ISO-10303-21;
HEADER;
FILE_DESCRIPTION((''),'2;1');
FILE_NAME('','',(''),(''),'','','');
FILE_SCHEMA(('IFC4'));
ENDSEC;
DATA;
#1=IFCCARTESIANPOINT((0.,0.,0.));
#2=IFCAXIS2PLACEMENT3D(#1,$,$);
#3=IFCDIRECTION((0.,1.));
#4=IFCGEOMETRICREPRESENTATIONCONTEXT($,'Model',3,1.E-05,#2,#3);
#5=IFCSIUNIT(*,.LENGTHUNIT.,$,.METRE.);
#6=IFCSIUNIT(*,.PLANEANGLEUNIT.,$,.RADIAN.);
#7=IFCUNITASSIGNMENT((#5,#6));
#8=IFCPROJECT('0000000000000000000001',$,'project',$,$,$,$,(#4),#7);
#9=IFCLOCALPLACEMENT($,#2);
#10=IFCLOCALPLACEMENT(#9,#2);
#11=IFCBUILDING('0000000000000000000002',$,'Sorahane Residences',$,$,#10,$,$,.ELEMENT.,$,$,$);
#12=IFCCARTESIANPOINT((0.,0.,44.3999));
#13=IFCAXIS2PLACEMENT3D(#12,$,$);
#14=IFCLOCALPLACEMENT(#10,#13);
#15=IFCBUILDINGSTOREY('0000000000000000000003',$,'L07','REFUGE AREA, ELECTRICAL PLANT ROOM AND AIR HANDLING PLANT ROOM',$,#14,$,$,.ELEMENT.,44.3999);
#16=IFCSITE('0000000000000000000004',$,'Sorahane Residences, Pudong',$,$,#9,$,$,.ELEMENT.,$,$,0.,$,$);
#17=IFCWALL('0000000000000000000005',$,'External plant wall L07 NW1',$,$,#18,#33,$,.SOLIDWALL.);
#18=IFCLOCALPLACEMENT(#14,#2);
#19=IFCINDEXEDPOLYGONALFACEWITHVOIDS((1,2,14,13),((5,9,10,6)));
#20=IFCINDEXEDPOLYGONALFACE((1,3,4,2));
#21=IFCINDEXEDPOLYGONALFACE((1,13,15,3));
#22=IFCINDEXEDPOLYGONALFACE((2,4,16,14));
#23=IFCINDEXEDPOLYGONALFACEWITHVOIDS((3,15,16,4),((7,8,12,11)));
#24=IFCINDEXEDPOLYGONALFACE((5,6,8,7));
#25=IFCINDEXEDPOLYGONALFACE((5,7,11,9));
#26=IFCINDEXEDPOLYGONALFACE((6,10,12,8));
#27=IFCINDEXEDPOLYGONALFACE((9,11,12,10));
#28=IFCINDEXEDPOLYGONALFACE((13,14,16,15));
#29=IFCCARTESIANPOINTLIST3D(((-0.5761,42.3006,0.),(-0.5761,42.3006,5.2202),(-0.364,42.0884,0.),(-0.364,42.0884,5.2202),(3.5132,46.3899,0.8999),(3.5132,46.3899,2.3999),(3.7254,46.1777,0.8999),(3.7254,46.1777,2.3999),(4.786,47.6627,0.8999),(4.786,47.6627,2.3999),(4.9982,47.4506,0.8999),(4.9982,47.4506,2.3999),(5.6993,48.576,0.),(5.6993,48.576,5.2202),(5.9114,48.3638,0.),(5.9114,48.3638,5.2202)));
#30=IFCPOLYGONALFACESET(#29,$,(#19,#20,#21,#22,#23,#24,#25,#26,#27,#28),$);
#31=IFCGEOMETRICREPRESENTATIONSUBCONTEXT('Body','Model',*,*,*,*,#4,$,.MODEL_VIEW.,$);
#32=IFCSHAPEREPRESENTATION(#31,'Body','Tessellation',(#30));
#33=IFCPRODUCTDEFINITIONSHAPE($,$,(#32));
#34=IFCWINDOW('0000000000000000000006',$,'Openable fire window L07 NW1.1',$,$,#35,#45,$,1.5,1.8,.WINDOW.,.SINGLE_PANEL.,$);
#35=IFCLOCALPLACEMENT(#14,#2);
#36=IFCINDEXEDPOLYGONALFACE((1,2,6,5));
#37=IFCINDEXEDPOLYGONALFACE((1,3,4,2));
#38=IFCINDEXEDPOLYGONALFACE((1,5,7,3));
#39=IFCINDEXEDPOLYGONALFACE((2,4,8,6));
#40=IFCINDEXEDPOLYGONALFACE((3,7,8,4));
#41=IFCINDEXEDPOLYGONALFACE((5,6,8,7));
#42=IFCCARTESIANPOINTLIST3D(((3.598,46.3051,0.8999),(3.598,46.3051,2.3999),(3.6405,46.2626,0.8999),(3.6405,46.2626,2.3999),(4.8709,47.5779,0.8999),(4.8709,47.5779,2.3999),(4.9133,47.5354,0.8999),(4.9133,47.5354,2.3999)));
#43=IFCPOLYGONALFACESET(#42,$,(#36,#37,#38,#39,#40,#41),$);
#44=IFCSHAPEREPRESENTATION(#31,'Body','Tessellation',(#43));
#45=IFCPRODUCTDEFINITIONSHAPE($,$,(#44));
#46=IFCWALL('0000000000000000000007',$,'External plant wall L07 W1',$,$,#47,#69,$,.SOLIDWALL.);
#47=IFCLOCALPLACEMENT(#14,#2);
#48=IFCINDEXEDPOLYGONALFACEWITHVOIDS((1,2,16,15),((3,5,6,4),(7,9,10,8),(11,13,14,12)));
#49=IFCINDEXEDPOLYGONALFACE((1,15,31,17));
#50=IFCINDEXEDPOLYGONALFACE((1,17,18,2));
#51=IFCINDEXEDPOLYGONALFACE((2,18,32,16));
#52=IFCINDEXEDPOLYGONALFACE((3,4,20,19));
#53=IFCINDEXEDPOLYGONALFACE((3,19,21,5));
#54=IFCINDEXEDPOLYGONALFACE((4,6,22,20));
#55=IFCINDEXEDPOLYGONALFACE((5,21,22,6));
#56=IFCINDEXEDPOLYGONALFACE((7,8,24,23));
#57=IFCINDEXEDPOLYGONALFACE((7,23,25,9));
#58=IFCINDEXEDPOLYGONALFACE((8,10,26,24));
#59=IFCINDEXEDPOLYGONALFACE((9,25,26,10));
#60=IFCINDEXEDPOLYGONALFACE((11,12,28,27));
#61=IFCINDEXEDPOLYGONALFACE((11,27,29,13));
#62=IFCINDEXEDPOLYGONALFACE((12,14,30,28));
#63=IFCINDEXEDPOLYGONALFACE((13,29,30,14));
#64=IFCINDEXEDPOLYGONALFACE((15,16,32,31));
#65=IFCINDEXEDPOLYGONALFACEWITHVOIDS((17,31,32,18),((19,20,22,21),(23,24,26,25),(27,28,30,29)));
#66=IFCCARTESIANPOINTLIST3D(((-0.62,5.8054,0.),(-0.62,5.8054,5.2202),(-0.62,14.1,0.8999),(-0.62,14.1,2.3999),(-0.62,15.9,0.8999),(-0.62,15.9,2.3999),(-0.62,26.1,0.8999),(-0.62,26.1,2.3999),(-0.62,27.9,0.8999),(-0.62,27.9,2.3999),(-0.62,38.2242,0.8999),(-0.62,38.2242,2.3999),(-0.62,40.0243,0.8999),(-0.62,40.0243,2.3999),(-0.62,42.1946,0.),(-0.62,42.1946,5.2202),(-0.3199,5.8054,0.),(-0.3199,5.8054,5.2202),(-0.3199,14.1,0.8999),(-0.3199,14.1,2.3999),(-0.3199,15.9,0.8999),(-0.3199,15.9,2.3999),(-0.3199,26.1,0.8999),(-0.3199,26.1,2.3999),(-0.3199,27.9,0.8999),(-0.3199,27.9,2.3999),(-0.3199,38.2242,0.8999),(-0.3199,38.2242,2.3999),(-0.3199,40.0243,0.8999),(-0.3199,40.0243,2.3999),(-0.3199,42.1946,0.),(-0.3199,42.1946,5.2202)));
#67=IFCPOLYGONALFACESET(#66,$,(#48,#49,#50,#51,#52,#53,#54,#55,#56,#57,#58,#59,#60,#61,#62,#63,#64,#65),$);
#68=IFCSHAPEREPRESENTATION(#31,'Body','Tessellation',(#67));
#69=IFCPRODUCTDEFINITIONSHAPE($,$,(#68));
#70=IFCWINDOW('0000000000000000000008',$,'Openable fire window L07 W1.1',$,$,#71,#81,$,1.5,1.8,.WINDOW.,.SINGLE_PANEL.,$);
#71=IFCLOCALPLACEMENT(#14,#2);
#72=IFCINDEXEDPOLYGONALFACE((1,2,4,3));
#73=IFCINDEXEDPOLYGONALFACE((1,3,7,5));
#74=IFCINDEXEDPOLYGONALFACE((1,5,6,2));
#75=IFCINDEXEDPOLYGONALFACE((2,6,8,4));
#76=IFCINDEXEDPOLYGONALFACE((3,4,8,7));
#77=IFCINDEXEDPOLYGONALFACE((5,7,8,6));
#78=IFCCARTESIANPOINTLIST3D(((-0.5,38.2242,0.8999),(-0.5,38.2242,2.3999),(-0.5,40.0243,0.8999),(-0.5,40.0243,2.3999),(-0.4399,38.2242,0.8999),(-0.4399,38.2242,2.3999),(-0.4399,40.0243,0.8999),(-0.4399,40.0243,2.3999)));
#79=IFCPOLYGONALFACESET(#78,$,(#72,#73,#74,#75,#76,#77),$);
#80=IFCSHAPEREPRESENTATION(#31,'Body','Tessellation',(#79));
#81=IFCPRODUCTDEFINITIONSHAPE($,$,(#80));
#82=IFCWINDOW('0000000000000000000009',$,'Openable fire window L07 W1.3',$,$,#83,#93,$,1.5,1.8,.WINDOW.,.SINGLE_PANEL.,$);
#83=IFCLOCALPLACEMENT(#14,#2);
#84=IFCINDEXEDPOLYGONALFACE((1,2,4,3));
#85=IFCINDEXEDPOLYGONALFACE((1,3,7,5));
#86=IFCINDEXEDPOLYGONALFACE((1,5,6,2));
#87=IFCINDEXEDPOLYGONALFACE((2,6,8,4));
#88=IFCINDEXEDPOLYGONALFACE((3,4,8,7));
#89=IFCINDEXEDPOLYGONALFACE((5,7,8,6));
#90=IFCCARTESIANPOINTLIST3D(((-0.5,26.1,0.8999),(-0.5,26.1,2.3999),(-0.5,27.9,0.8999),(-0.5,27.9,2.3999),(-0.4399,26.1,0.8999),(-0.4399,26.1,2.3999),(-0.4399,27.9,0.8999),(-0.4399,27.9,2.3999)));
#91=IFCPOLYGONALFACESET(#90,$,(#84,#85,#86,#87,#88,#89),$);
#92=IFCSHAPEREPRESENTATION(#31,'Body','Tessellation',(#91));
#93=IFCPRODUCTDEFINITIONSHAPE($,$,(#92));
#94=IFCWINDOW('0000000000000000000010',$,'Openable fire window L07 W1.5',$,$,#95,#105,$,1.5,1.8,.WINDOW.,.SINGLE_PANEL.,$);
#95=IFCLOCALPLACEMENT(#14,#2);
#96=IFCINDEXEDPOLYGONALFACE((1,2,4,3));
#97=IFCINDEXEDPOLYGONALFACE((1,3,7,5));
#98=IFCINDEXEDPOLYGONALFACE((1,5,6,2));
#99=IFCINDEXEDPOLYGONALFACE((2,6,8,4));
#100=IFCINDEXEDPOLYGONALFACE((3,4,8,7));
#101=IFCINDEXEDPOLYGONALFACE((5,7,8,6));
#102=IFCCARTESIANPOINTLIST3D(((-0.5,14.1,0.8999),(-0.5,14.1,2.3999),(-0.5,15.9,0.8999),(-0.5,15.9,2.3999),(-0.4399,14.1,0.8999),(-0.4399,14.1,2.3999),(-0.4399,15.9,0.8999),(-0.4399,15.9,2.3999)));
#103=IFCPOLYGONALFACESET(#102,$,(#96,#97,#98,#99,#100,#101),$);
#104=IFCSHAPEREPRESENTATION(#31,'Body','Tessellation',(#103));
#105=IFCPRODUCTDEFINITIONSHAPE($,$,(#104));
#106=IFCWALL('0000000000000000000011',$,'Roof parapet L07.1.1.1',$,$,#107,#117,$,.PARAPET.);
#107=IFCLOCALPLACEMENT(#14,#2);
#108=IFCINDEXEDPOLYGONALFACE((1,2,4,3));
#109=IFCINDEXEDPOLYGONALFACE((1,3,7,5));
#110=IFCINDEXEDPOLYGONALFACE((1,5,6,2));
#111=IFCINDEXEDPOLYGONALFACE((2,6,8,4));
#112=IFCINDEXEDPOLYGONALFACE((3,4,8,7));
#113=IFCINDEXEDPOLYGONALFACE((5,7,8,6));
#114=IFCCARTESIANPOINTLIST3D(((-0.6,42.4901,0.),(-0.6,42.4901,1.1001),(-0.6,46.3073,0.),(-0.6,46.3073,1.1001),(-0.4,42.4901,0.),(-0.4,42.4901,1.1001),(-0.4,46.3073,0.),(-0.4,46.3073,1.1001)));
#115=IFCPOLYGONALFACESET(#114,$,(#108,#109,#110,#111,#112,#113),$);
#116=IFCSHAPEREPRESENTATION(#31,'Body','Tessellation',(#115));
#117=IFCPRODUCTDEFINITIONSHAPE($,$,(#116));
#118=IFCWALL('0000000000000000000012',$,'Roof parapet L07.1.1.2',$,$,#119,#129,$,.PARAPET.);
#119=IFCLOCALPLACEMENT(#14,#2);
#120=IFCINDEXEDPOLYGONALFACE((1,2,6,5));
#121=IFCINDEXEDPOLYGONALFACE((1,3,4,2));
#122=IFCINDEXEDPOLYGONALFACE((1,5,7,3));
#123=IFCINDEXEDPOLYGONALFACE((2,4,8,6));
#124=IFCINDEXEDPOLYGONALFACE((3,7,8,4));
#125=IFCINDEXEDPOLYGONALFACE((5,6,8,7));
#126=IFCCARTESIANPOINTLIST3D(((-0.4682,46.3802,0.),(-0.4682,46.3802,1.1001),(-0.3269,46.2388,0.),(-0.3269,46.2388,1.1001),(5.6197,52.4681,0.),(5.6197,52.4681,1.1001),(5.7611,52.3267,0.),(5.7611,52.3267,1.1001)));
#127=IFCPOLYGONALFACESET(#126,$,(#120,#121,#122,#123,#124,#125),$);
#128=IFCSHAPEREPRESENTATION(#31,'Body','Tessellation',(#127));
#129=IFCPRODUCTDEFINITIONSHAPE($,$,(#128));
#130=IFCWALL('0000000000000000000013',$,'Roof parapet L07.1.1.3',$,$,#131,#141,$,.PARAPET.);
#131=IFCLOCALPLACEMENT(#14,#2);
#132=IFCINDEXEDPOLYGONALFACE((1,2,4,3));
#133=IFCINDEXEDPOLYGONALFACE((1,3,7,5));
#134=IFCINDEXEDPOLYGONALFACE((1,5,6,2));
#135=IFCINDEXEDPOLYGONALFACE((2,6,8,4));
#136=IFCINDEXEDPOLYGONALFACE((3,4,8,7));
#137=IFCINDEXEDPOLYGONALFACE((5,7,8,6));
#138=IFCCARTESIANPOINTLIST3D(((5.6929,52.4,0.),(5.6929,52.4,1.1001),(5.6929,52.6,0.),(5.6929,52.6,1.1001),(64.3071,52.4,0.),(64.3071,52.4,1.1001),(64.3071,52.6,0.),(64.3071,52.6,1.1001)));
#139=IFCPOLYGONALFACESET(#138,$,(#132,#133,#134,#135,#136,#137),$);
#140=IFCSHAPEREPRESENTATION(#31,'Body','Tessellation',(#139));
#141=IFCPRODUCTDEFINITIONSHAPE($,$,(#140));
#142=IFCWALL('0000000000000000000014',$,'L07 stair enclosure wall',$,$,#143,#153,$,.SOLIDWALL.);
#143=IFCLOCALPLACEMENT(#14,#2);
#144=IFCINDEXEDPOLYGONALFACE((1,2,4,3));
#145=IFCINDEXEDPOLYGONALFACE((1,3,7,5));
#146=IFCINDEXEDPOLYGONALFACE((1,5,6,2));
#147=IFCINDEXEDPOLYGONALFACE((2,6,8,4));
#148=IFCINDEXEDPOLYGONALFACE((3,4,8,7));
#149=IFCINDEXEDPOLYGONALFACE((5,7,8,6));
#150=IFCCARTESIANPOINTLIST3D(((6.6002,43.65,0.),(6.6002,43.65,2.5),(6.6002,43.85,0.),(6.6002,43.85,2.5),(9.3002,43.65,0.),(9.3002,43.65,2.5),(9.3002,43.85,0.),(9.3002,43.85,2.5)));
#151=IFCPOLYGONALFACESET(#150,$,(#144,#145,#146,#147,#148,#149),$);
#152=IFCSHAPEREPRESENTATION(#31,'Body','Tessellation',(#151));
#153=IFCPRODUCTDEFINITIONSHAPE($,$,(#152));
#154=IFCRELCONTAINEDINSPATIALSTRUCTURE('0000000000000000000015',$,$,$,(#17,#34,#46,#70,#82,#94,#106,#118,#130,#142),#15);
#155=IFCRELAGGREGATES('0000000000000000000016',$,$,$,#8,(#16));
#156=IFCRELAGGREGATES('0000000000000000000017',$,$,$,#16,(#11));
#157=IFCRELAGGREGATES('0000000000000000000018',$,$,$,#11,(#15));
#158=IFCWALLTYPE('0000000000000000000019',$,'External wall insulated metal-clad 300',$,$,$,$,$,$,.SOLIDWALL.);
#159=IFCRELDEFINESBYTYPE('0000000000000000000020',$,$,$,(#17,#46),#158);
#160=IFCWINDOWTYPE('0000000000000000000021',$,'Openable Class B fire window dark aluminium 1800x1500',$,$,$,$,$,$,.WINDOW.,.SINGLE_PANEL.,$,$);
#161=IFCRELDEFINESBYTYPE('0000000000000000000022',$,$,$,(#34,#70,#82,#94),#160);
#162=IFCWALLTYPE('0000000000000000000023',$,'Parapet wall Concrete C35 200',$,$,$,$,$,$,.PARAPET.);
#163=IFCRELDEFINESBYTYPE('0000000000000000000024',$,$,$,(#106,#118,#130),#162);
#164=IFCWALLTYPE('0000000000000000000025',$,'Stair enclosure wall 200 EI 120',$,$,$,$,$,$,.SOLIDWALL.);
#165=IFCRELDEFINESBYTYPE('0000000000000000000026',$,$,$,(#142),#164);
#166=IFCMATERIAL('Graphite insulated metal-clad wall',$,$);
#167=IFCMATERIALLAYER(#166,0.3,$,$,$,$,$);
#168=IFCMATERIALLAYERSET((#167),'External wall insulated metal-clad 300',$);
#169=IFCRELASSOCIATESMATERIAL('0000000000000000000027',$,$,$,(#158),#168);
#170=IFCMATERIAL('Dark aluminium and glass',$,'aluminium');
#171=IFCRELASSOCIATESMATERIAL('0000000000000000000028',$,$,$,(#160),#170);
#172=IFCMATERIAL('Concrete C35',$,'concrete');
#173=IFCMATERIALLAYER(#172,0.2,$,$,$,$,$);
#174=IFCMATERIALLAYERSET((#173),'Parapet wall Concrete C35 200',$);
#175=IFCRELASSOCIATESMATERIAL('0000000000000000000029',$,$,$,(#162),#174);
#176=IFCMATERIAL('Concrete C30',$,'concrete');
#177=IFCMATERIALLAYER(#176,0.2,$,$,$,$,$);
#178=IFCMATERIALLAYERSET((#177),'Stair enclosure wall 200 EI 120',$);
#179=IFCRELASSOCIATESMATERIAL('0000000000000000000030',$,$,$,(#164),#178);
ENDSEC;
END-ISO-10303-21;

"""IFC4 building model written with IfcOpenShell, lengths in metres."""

from ifc_helpers import new_model, si_unit, direction, frame, frame_2d, origin, place, context, subcontext, project, spatial, rectangle, extrude, material, layer, layer_set, type_object, element, fill, save


model = new_model("IFC4")

# Units and contexts
model_context = context("Model", 3, precision=1e-05, world=origin(), true_north=direction((0.0, 1.0)))
body_context = subcontext(model_context, "Body", "Model", "MODEL_VIEW")
ifc_project = project(units=[si_unit("LENGTHUNIT", "METRE"), si_unit("PLANEANGLEUNIT", "RADIAN")], contexts=[model_context])

# Site, building, storey
site_placement = place(None, origin())
site = spatial("IfcSite", under=ifc_project, at=site_placement, Name="Sorahane Residences, Pudong", CompositionType="ELEMENT", RefElevation=0.0)
building_placement = place(site_placement, origin())
building = spatial("IfcBuilding", under=site, at=building_placement, Name="Sorahane Residences", CompositionType="ELEMENT")
storey_placement = place(building_placement, frame((0.0, 0.0, 44.3999)))
storey = spatial("IfcBuildingStorey", under=building, at=storey_placement, Name="L07", Description="REFUGE AREA, ELECTRICAL PLANT ROOM AND AIR HANDLING PLANT ROOM", CompositionType="ELEMENT", Elevation=44.3999)

# Wall, opening, window
ifc_material_1 = material(Name="Graphite insulated metal-clad wall")
ifc_layer_1 = layer(ifc_material_1, 0.3)
ifc_layer_set_1 = layer_set([ifc_layer_1], Name="External wall insulated metal-clad 300")
wall_type_1 = type_object("IfcWallType", Name="External wall insulated metal-clad 300", PredefinedType="SOLIDWALL", material=ifc_layer_set_1)
wall_1_placement = place(storey_placement, frame((5.8054, 48.47, 0.0), z_axis=(0.0, 0.0, 1.0), x_axis=(-0.707107, -0.707107, 0.0)))
wall_1 = element("IfcWall", 1, at=wall_1_placement, inside=storey, type_object=wall_type_1, Name="External plant wall L07 NW1", PredefinedType="SOLIDWALL", context=body_context, shape_type="SweptSolid", body=[
    extrude(rectangle(XDim=8.8748, YDim=0.3, at=frame_2d((4.4375, 0.0))), origin(), (0.0, 0.0, 1.0), 5.2202),
])
opening_1_placement = place(wall_1_placement, frame((1.2917, 0.0, 0.8999)))
opening_1 = element("IfcOpeningElement", 2, at=opening_1_placement, cuts=wall_1, PredefinedType="OPENING", context=body_context, shape_type="SweptSolid", body=[
    extrude(rectangle(XDim=1.8, YDim=1.5, at=frame_2d((0.8999, 0.75))), frame((0.0, 0.1599, 0.0), z_axis=(0.0, -1.0, 0.0), x_axis=(1.0, 0.0, 0.0)), (0.0, 0.0, 1.0), 0.3201),
])
ifc_material_2 = material(Name="Dark aluminium and glass", Category="aluminium")
window_type = type_object("IfcWindowType", Name="Openable Class B fire window dark aluminium 1800x1500", PartitioningType="SINGLE_PANEL", PredefinedType="WINDOW", material=ifc_material_2)
window_1_placement = place(opening_1_placement, origin())
window_1 = element("IfcWindow", 3, at=window_1_placement, inside=storey, type_object=window_type, Name="Openable fire window L07 NW1.1", OverallHeight=1.5, OverallWidth=1.8, PartitioningType="SINGLE_PANEL", PredefinedType="WINDOW", context=body_context, shape_type="SweptSolid", body=[
    extrude(rectangle(XDim=1.8, YDim=1.5, at=frame_2d((0.8999, 0.75))), frame((0.0, 0.03, 0.0), z_axis=(0.0, -1.0, 0.0), x_axis=(1.0, 0.0, 0.0)), (0.0, 0.0, 1.0), 0.0601),
])
fill(opening_1, window_1)

# Wall, openings, windows
wall_2_placement = place(storey_placement, frame((-0.47, 42.1946, 0.0), z_axis=(0.0, 0.0, 1.0), x_axis=(0.0, -1.0, 0.0)))
wall_2 = element("IfcWall", 4, at=wall_2_placement, inside=storey, type_object=wall_type_1, Name="External plant wall L07 W1", PredefinedType="SOLIDWALL", context=body_context, shape_type="SweptSolid", body=[
    extrude(rectangle(XDim=36.3892, YDim=0.3, at=frame_2d((18.1946, 0.0))), origin(), (0.0, 0.0, 1.0), 5.2202),
])
opening_2_placement = place(wall_2_placement, frame((2.1704, 0.0, 0.8999)))
opening_2 = element("IfcOpeningElement", 5, at=opening_2_placement, cuts=wall_2, PredefinedType="OPENING", context=body_context, shape_type="SweptSolid", body=[
    extrude(rectangle(XDim=1.8, YDim=1.5, at=frame_2d((0.8999, 0.75))), frame((0.0, 0.1599, 0.0), z_axis=(0.0, -1.0, 0.0), x_axis=(1.0, 0.0, 0.0)), (0.0, 0.0, 1.0), 0.3201),
])
opening_3_placement = place(wall_2_placement, frame((14.2947, 0.0, 0.8999)))
opening_3 = element("IfcOpeningElement", 6, at=opening_3_placement, cuts=wall_2, PredefinedType="OPENING", context=body_context, shape_type="SweptSolid", body=[
    extrude(rectangle(XDim=1.8, YDim=1.5, at=frame_2d((0.8999, 0.75))), frame((0.0, 0.1599, 0.0), z_axis=(0.0, -1.0, 0.0), x_axis=(1.0, 0.0, 0.0)), (0.0, 0.0, 1.0), 0.3201),
])
opening_4_placement = place(wall_2_placement, frame((26.2947, 0.0, 0.8999)))
opening_4 = element("IfcOpeningElement", 7, at=opening_4_placement, cuts=wall_2, PredefinedType="OPENING", context=body_context, shape_type="SweptSolid", body=[
    extrude(rectangle(XDim=1.8, YDim=1.5, at=frame_2d((0.8999, 0.75))), frame((0.0, 0.1599, 0.0), z_axis=(0.0, -1.0, 0.0), x_axis=(1.0, 0.0, 0.0)), (0.0, 0.0, 1.0), 0.3201),
])
window_2_placement = place(opening_2_placement, origin())
window_2 = element("IfcWindow", 8, at=window_2_placement, inside=storey, type_object=window_type, Name="Openable fire window L07 W1.1", OverallHeight=1.5, OverallWidth=1.8, PartitioningType="SINGLE_PANEL", PredefinedType="WINDOW", context=body_context, shape_type="SweptSolid", body=[
    extrude(rectangle(XDim=1.8, YDim=1.5, at=frame_2d((0.8999, 0.75))), frame((0.0, 0.03, 0.0), z_axis=(0.0, -1.0, 0.0), x_axis=(1.0, 0.0, 0.0)), (0.0, 0.0, 1.0), 0.0601),
])
fill(opening_2, window_2)
window_3_placement = place(opening_3_placement, origin())
window_3 = element("IfcWindow", 9, at=window_3_placement, inside=storey, type_object=window_type, Name="Openable fire window L07 W1.3", OverallHeight=1.5, OverallWidth=1.8, PartitioningType="SINGLE_PANEL", PredefinedType="WINDOW", context=body_context, shape_type="SweptSolid", body=[
    extrude(rectangle(XDim=1.8, YDim=1.5, at=frame_2d((0.8999, 0.75))), frame((0.0, 0.03, 0.0), z_axis=(0.0, -1.0, 0.0), x_axis=(1.0, 0.0, 0.0)), (0.0, 0.0, 1.0), 0.0601),
])
fill(opening_3, window_3)
window_4_placement = place(opening_4_placement, origin())
window_4 = element("IfcWindow", 10, at=window_4_placement, inside=storey, type_object=window_type, Name="Openable fire window L07 W1.5", OverallHeight=1.5, OverallWidth=1.8, PartitioningType="SINGLE_PANEL", PredefinedType="WINDOW", context=body_context, shape_type="SweptSolid", body=[
    extrude(rectangle(XDim=1.8, YDim=1.5, at=frame_2d((0.8999, 0.75))), frame((0.0, 0.03, 0.0), z_axis=(0.0, -1.0, 0.0), x_axis=(1.0, 0.0, 0.0)), (0.0, 0.0, 1.0), 0.0601),
])
fill(opening_4, window_4)

# Walls
ifc_material_3 = material(Name="Concrete C35", Category="concrete")
ifc_layer_2 = layer(ifc_material_3, 0.2)
ifc_layer_set_2 = layer_set([ifc_layer_2], Name="Parapet wall Concrete C35 200")
wall_type_2 = type_object("IfcWallType", Name="Parapet wall Concrete C35 200", PredefinedType="PARAPET", material=ifc_layer_set_2)
wall_3_placement = place(storey_placement, frame((-0.5, 42.49, 0.0), z_axis=(0.0, 0.0, 1.0), x_axis=(0.0, 1.0, 0.0)))
element("IfcWall", 11, at=wall_3_placement, inside=storey, type_object=wall_type_2, Name="Roof parapet L07.1.1.1", PredefinedType="PARAPET", context=body_context, shape_type="SweptSolid", body=[
    extrude(rectangle(XDim=3.8171, YDim=0.2, at=frame_2d((1.9087, 0.0))), origin(), (0.0, 0.0, 1.0), 1.1001),
])
wall_4_placement = place(storey_placement, frame((-0.3975, 46.3096, 0.0), z_axis=(0.0, 0.0, 1.0), x_axis=(0.707107, 0.707107, 0.0)))
element("IfcWall", 12, at=wall_4_placement, inside=storey, type_object=wall_type_2, Name="Roof parapet L07.1.1.2", PredefinedType="PARAPET", context=body_context, shape_type="SweptSolid", body=[
    extrude(rectangle(XDim=8.6096, YDim=0.2, at=frame_2d((4.3047, 0.0))), origin(), (0.0, 0.0, 1.0), 1.1001),
])
wall_5_placement = place(storey_placement, frame((5.6929, 52.5, 0.0), z_axis=(0.0, 0.0, 1.0), x_axis=(1.0, 0.0, 0.0)))
element("IfcWall", 13, at=wall_5_placement, inside=storey, type_object=wall_type_2, Name="Roof parapet L07.1.1.3", PredefinedType="PARAPET", context=body_context, shape_type="SweptSolid", body=[
    extrude(rectangle(XDim=58.6143, YDim=0.2, at=frame_2d((29.3071, 0.0))), origin(), (0.0, 0.0, 1.0), 1.1001),
])
ifc_material_4 = material(Name="Concrete C30", Category="concrete")
ifc_layer_3 = layer(ifc_material_4, 0.2)
ifc_layer_set_3 = layer_set([ifc_layer_3], Name="Stair enclosure wall 200 EI 120")
wall_type_3 = type_object("IfcWallType", Name="Stair enclosure wall 200 EI 120", PredefinedType="SOLIDWALL", material=ifc_layer_set_3)
wall_6_placement = place(storey_placement, frame((6.6001, 43.75, 0.0), z_axis=(0.0, 0.0, 1.0), x_axis=(1.0, 0.0, 0.0)))
element("IfcWall", 14, at=wall_6_placement, inside=storey, type_object=wall_type_3, Name="L07 stair enclosure wall", PredefinedType="SOLIDWALL", context=body_context, shape_type="SweptSolid", body=[
    extrude(rectangle(XDim=2.7, YDim=0.2, at=frame_2d((1.3501, 0.0))), origin(), (0.0, 0.0, 1.0), 2.5),
])

save(model, "model.ifc")
